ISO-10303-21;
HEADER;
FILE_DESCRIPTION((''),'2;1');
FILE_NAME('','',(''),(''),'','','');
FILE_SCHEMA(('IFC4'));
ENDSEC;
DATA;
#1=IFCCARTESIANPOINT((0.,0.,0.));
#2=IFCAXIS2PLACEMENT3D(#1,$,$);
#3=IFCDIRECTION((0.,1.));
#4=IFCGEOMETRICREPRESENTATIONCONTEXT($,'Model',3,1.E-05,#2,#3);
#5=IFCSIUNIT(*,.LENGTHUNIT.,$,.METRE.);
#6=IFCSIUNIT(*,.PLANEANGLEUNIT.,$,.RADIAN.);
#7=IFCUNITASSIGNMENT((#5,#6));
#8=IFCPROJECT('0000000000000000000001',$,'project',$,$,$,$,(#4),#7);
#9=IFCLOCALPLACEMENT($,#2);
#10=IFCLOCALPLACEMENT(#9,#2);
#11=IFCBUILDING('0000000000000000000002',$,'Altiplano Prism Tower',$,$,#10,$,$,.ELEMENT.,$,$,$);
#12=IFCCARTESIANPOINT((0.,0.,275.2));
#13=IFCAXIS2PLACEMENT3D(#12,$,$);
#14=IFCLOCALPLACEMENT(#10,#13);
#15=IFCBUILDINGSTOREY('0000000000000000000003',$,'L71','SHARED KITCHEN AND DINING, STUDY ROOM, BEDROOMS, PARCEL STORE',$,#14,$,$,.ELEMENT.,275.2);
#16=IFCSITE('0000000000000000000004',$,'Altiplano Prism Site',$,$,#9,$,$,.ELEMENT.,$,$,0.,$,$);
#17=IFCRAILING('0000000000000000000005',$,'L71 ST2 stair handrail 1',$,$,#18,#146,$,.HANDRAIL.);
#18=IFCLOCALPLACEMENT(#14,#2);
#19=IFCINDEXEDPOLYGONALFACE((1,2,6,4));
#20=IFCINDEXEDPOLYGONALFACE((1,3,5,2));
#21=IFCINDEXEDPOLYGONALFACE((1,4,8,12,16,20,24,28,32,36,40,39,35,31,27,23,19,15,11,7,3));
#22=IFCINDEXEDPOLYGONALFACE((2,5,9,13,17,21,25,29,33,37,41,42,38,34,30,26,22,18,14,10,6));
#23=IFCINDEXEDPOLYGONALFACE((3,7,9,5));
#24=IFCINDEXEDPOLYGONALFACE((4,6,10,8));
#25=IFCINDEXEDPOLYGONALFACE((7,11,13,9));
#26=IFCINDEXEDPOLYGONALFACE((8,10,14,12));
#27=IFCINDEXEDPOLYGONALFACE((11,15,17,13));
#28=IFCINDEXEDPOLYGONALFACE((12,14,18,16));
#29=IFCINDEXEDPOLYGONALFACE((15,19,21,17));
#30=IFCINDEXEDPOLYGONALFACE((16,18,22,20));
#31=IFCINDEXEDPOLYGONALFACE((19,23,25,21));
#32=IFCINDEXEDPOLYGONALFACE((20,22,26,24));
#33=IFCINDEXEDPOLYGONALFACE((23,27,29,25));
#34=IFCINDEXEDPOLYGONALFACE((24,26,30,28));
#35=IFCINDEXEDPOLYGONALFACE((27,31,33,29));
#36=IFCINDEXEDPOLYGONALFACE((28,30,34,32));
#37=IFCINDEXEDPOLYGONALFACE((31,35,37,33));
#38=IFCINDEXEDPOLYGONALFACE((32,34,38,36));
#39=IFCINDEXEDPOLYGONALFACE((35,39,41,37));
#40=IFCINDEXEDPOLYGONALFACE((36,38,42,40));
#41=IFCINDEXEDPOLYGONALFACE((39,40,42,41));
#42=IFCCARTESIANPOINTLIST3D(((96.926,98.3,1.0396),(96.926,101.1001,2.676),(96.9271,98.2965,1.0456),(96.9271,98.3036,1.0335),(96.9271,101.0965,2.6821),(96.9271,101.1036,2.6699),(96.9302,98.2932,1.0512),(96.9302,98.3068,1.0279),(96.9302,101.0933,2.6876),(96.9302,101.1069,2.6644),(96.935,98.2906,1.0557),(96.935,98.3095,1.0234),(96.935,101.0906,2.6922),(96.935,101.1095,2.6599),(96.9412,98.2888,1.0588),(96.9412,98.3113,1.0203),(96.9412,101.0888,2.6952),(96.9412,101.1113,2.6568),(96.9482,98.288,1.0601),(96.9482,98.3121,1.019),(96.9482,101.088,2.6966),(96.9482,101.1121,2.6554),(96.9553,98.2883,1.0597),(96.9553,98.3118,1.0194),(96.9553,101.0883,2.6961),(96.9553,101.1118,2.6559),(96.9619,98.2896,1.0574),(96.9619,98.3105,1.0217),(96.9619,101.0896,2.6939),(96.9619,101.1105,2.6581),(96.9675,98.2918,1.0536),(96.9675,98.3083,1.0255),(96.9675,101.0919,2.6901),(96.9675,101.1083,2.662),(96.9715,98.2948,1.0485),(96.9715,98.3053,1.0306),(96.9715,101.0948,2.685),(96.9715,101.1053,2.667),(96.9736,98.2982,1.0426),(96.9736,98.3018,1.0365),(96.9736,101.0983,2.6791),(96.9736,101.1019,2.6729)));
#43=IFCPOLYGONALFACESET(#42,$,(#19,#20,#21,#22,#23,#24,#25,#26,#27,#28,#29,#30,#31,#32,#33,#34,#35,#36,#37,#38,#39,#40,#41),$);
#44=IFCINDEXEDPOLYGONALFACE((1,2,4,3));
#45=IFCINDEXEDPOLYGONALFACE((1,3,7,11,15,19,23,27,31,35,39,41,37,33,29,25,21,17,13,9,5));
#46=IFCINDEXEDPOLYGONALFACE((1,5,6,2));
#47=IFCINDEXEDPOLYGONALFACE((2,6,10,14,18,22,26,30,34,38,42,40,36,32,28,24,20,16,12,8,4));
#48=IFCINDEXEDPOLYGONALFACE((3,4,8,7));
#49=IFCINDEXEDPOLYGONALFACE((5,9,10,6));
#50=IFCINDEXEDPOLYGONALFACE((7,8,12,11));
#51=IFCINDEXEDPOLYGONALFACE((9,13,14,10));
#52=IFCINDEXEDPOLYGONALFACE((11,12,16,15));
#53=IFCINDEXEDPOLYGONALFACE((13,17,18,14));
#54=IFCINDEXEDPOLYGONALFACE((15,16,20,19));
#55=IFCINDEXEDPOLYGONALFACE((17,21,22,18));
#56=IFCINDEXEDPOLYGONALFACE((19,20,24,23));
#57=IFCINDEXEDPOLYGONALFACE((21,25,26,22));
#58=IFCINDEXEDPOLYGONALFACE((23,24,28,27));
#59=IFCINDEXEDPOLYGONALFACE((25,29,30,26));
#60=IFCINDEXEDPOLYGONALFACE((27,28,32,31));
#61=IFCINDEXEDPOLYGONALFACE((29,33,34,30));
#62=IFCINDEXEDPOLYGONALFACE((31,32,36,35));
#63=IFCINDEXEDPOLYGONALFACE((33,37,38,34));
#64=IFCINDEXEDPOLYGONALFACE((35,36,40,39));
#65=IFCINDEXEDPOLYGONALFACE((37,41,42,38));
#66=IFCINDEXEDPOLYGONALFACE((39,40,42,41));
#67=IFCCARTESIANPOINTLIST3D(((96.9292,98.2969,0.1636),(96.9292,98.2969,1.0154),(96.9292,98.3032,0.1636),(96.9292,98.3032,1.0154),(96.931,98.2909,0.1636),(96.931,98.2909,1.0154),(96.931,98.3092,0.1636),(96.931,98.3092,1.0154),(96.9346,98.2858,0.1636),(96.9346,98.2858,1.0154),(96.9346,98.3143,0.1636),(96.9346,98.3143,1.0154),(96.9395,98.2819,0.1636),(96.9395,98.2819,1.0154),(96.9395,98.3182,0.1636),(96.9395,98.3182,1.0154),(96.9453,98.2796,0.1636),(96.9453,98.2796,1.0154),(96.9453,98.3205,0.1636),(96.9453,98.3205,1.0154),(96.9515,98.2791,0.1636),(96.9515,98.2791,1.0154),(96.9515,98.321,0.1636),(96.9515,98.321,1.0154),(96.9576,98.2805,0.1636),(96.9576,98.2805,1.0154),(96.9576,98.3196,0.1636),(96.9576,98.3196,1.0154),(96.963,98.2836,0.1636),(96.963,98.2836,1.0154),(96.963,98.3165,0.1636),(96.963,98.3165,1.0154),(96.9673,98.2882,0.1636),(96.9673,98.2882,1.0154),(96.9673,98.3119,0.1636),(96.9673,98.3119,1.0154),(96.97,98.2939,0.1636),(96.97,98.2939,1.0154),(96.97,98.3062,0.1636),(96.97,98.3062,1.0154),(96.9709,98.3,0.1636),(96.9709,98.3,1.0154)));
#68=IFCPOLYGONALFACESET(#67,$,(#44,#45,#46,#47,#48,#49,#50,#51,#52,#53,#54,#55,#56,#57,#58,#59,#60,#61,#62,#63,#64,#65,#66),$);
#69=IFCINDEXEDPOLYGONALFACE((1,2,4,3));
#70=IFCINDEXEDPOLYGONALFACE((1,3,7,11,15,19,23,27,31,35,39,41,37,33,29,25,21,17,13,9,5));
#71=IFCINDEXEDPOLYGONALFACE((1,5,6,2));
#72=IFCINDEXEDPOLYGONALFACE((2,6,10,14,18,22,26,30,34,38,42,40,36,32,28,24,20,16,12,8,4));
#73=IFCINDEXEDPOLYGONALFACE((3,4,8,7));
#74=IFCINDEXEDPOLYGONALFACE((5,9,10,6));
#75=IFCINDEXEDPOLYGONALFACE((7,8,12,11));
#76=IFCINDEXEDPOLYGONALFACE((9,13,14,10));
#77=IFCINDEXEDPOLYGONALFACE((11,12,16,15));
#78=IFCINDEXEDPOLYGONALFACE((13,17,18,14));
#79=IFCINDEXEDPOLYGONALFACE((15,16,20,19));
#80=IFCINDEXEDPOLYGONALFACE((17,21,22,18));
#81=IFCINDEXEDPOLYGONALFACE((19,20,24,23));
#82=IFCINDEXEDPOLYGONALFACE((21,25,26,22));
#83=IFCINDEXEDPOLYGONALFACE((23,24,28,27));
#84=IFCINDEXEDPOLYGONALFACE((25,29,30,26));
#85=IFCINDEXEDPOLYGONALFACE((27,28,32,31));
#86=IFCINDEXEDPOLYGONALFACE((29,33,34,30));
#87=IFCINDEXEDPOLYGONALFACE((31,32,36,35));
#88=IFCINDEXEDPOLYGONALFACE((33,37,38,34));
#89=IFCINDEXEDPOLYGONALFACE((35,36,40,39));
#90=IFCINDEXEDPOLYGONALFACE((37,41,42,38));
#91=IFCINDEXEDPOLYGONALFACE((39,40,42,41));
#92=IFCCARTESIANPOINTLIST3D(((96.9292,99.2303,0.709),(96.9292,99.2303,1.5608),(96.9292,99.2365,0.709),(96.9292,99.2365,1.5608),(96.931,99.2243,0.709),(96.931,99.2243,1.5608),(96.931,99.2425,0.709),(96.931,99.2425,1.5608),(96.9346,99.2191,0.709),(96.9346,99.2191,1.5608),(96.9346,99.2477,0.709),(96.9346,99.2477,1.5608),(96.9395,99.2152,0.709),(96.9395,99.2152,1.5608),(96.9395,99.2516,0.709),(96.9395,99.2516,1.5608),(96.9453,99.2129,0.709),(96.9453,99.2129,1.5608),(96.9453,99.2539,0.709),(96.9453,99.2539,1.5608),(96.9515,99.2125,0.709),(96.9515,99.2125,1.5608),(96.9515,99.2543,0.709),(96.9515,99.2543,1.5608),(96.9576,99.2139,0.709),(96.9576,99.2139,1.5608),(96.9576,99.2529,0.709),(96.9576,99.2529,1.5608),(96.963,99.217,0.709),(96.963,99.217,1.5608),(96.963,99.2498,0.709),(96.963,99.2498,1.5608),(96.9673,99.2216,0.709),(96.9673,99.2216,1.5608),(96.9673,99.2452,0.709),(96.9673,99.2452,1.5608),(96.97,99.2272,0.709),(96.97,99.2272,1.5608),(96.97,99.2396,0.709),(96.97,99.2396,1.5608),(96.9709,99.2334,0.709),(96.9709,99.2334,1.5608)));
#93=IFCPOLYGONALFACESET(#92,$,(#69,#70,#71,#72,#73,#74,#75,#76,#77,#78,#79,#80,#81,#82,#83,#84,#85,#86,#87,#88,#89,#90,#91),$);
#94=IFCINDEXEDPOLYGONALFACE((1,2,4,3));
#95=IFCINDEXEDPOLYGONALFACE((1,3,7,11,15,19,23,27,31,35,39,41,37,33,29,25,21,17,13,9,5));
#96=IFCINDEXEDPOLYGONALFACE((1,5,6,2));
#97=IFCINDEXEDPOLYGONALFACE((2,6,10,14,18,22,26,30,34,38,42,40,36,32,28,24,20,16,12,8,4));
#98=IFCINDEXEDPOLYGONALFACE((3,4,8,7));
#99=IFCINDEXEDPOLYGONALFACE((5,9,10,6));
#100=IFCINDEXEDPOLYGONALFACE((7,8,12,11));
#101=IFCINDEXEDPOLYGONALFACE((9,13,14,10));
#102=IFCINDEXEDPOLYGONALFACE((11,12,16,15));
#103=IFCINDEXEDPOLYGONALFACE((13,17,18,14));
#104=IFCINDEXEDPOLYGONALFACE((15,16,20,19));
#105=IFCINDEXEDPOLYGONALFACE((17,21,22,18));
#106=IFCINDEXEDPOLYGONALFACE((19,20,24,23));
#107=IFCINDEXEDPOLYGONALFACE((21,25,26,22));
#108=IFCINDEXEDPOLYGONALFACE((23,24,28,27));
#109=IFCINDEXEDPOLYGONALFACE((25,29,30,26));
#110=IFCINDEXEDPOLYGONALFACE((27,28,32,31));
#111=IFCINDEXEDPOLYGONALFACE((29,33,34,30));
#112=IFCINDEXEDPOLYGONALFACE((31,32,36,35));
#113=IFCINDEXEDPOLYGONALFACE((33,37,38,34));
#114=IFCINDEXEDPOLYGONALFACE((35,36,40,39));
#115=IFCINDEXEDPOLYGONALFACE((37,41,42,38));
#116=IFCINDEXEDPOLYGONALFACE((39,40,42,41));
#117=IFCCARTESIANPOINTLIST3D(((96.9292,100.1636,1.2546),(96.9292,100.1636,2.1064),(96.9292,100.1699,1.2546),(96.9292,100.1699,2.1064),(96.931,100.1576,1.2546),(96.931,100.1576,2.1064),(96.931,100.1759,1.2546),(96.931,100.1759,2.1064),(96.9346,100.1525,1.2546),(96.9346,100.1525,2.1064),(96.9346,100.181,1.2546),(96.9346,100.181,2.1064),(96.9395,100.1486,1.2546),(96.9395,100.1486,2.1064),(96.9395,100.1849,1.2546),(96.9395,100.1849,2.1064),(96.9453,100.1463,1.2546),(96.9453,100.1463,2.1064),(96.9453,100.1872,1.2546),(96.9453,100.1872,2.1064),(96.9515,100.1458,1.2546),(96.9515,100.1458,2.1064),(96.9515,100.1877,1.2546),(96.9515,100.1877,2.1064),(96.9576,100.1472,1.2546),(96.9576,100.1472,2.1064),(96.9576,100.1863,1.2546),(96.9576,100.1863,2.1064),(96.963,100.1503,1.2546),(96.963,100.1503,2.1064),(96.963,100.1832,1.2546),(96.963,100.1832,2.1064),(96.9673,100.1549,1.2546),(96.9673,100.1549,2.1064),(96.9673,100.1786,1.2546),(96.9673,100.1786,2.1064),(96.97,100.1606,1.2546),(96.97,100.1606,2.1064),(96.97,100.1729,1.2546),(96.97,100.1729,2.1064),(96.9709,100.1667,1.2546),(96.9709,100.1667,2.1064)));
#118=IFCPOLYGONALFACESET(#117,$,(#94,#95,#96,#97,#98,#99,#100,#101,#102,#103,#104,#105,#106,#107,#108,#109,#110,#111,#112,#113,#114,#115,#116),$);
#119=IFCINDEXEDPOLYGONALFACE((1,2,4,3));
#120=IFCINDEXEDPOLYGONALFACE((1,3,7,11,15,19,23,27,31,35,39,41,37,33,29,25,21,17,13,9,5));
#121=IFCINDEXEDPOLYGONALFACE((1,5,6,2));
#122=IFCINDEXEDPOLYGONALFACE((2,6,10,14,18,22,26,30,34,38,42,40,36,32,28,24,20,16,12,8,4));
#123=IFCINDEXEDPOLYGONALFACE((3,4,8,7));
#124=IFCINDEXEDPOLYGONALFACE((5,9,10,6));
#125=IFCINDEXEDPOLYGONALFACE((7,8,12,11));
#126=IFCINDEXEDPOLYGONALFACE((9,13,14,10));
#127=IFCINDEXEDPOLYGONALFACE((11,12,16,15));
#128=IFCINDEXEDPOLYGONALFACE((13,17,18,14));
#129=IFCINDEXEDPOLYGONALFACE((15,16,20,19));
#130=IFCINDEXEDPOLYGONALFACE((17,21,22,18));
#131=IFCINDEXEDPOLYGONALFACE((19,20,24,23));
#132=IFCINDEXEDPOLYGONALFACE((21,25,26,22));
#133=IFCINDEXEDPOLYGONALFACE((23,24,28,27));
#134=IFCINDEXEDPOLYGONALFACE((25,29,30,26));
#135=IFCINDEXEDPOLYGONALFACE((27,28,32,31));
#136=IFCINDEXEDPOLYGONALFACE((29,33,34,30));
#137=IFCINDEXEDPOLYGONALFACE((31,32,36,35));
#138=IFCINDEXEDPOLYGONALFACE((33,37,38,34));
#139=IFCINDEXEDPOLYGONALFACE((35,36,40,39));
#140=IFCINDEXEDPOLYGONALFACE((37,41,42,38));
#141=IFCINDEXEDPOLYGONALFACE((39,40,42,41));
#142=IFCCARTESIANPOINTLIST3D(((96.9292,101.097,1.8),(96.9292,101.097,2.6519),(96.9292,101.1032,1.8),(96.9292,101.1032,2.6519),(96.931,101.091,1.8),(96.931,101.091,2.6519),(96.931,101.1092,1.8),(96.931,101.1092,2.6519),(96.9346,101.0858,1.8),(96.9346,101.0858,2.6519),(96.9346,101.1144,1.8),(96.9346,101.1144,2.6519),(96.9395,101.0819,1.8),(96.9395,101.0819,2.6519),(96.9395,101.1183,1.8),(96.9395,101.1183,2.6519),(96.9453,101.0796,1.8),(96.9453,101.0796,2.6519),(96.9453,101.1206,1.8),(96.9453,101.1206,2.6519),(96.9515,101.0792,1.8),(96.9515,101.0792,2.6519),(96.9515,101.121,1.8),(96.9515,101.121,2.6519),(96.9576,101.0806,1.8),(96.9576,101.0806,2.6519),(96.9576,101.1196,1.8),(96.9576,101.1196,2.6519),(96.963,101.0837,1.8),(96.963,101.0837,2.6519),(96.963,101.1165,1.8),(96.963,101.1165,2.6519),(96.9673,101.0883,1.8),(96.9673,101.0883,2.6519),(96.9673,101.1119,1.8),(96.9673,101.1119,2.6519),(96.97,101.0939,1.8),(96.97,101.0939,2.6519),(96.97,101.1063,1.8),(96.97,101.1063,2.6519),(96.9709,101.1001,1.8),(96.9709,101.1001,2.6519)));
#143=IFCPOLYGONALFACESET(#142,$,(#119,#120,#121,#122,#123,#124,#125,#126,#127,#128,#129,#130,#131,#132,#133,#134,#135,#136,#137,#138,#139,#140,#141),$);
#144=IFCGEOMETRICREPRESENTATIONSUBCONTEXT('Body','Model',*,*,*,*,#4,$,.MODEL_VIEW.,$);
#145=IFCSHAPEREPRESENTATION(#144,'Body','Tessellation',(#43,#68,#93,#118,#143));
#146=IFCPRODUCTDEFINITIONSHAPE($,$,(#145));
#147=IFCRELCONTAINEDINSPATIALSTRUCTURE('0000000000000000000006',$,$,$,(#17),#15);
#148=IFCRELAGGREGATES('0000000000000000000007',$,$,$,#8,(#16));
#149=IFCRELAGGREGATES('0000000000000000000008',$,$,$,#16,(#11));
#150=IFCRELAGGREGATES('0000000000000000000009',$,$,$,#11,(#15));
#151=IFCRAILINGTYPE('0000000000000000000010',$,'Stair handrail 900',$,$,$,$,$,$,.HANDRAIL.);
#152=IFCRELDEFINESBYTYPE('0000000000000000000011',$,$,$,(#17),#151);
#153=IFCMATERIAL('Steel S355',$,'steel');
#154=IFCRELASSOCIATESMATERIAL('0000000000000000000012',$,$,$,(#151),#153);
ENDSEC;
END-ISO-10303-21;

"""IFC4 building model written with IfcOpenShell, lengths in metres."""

from ifc_helpers import new_model, si_unit, direction, frame, origin, origin_2d, place, context, subcontext, project, spatial, circle, extrude, material, type_object, element, save


model = new_model("IFC4")

# Units and contexts
model_context = context("Model", 3, precision=1e-05, world=origin(), true_north=direction((0.0, 1.0)))
body_context = subcontext(model_context, "Body", "Model", "MODEL_VIEW")
ifc_project = project(units=[si_unit("LENGTHUNIT", "METRE"), si_unit("PLANEANGLEUNIT", "RADIAN")], contexts=[model_context])

# Site, building, storey
site_placement = place(None, origin())
site = spatial("IfcSite", under=ifc_project, at=site_placement, Name="Altiplano Prism Site", CompositionType="ELEMENT", RefElevation=0.0)
building_placement = place(site_placement, origin())
building = spatial("IfcBuilding", under=site, at=building_placement, Name="Altiplano Prism Tower", CompositionType="ELEMENT")
storey_placement = place(building_placement, frame((0.0, 0.0, 275.2)))
storey = spatial("IfcBuildingStorey", under=building, at=storey_placement, Name="L71", Description="SHARED KITCHEN AND DINING, STUDY ROOM, BEDROOMS, PARCEL STORE", CompositionType="ELEMENT", Elevation=275.2)

# Railing
ifc_material_1 = material(Name="Steel S355", Category="steel")
railing_type_1 = type_object("IfcRailingType", Name="Stair handrail 900", PredefinedType="HANDRAIL", material=ifc_material_1)
railing_1_placement = place(storey_placement, frame((96.95, 98.3, 0.1636)))
element("IfcRailing", 1, at=railing_1_placement, inside=storey, type_object=railing_type_1, Name="L71 ST2 stair handrail 1", PredefinedType="HANDRAIL", context=body_context, shape_type="SweptSolid", body=[
    extrude(circle(Radius=0.0239, at=origin_2d()), frame((0.0, 0.0, 0.876), z_axis=(0.0, 0.863361, 0.504587), x_axis=(-1.0, 0.0, 0.0)), (0.0, 0.0, 1.0), 3.2432),
    extrude(circle(Radius=0.021, at=origin_2d()), origin(), (0.0, 0.0, 1.0), 0.8518),
    extrude(circle(Radius=0.021, at=origin_2d()), frame((0.0, 0.9333, 0.5454)), (0.0, 0.0, 1.0), 0.8518),
    extrude(circle(Radius=0.021, at=origin_2d()), frame((0.0, 1.8667, 1.0911)), (0.0, 0.0, 1.0), 0.8518),
    extrude(circle(Radius=0.021, at=origin_2d()), frame((0.0, 2.8, 1.6365)), (0.0, 0.0, 1.0), 0.8518),
])

save(model, "model.ifc")
